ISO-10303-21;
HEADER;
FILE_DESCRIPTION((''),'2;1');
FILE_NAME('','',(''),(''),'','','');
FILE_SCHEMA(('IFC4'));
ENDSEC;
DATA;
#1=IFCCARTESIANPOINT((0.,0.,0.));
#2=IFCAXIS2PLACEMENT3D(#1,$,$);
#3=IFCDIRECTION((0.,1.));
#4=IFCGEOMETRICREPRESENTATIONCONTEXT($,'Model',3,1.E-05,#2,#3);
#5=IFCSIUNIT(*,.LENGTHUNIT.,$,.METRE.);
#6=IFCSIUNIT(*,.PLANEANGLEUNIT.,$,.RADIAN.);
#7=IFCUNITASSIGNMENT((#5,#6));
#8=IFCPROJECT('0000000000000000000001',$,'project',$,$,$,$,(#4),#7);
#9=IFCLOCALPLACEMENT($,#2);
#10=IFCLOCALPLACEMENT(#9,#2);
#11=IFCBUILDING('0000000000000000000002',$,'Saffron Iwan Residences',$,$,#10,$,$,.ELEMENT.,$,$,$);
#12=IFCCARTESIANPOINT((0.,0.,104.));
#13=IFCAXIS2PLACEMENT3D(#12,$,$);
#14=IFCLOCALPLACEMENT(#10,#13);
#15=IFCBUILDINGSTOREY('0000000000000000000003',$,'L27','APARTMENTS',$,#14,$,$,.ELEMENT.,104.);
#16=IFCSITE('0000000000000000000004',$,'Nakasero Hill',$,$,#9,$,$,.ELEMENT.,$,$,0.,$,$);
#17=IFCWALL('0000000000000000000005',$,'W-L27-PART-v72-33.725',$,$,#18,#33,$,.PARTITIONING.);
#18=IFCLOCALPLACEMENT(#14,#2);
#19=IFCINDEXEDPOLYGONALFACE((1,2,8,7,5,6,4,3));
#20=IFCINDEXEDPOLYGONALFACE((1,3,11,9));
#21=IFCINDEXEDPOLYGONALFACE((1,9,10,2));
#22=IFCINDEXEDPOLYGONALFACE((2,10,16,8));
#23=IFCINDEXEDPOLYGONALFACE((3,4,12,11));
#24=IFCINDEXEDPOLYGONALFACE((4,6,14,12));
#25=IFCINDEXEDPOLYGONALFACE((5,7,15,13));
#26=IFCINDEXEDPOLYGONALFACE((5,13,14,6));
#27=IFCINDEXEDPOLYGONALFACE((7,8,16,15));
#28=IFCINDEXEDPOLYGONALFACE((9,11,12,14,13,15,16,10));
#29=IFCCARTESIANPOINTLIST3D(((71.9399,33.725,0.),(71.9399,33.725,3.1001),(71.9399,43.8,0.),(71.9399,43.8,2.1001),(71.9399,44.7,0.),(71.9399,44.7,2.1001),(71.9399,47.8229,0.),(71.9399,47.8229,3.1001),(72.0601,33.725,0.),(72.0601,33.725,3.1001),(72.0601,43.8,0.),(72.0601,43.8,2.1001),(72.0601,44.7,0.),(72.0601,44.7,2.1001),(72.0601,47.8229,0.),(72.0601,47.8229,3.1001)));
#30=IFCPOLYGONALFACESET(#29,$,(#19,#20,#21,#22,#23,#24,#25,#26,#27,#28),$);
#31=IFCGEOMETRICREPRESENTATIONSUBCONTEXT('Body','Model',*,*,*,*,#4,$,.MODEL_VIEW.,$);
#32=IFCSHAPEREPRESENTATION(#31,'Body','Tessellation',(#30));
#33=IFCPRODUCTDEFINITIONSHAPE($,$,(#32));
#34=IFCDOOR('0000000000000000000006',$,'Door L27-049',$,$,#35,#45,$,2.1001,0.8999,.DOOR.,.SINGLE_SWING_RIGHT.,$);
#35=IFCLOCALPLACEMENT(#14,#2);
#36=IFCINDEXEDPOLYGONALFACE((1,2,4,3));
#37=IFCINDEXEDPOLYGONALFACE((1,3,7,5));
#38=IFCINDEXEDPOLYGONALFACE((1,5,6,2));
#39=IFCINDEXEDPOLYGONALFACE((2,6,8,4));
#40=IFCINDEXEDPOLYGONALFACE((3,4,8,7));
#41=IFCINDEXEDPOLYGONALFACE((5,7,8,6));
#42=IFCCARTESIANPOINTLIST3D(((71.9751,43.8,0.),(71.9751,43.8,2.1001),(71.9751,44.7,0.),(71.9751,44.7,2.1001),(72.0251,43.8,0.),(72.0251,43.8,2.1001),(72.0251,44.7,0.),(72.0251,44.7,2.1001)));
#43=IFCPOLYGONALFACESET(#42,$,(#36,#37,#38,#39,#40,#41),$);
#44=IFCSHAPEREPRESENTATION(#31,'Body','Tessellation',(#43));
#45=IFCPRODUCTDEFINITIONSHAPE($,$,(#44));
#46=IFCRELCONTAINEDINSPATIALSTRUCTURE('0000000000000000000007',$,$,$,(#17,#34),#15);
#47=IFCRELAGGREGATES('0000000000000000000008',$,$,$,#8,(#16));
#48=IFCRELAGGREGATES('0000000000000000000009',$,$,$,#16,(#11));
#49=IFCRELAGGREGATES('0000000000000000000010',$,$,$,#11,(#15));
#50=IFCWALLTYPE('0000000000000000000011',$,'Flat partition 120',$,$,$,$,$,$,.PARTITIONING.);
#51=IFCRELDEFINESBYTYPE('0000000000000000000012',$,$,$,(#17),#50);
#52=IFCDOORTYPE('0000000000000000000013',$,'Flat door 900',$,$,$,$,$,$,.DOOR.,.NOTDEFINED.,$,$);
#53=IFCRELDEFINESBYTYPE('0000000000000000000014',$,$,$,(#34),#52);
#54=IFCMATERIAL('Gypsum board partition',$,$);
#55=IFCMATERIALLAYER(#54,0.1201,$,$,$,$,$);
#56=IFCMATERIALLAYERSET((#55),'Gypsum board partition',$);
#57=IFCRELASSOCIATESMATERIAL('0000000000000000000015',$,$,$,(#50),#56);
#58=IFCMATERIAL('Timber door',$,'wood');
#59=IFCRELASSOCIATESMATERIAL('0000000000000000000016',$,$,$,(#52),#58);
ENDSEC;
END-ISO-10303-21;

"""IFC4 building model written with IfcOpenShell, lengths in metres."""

from ifc_helpers import new_model, si_unit, direction, frame, frame_2d, origin, place, context, subcontext, project, spatial, rectangle, extrude, material, layer, layer_set, type_object, element, fill, save


model = new_model("IFC4")

# Units and contexts
model_context = context("Model", 3, precision=1e-05, world=origin(), true_north=direction((0.0, 1.0)))
body_context = subcontext(model_context, "Body", "Model", "MODEL_VIEW")
ifc_project = project(units=[si_unit("LENGTHUNIT", "METRE"), si_unit("PLANEANGLEUNIT", "RADIAN")], contexts=[model_context])

# Site, building, storey
site_placement = place(None, origin())
site = spatial("IfcSite", under=ifc_project, at=site_placement, Name="Nakasero Hill", CompositionType="ELEMENT", RefElevation=0.0)
building_placement = place(site_placement, origin())
building = spatial("IfcBuilding", under=site, at=building_placement, Name="Saffron Iwan Residences", CompositionType="ELEMENT")
storey_placement = place(building_placement, frame((0.0, 0.0, 104.0)))
storey = spatial("IfcBuildingStorey", under=building, at=storey_placement, Name="L27", Description="APARTMENTS", CompositionType="ELEMENT", Elevation=104.0)

# Shared definitions
ifc_material_1 = material(Name="Gypsum board partition")
ifc_layer_1 = layer(ifc_material_1, 0.1201)
ifc_layer_set_1 = layer_set([ifc_layer_1], Name="Gypsum board partition")
wall_type_1 = type_object("IfcWallType", Name="Flat partition 120", PredefinedType="PARTITIONING", material=ifc_layer_set_1)
ifc_material_2 = material(Name="Timber door", Category="wood")
door_type_1 = type_object("IfcDoorType", Name="Flat door 900", OperationType="NOTDEFINED", PredefinedType="DOOR", material=ifc_material_2)

# Wall, opening, door
wall_1_placement = place(storey_placement, frame((72.0, 33.7251, 0.0), z_axis=(0.0, 0.0, 1.0), x_axis=(0.0, 1.0, 0.0)))
wall_1 = element("IfcWall", 1, at=wall_1_placement, inside=storey, type_object=wall_type_1, Name="W-L27-PART-v72-33.725", PredefinedType="PARTITIONING", context=body_context, shape_type="SweptSolid", body=[
    extrude(rectangle(XDim=14.0979, YDim=0.1201, at=frame_2d((7.0488, 0.0))), origin(), (0.0, 0.0, 1.0), 3.1001),
])
opening_1_placement = place(wall_1_placement, frame((10.075, 0.0, 0.0)))
opening_1 = element("IfcOpeningElement", 2, at=opening_1_placement, cuts=wall_1, PredefinedType="OPENING", context=body_context, shape_type="SweptSolid", body=[
    extrude(rectangle(XDim=0.8999, YDim=2.1001, at=frame_2d((0.45, 1.05))), frame((0.0, 0.0701, 0.0), z_axis=(0.0, -1.0, 0.0), x_axis=(1.0, 0.0, 0.0)), (0.0, 0.0, 1.0), 0.1401),
])
door_1_placement = place(opening_1_placement, origin())
door_1 = element("IfcDoor", 3, at=door_1_placement, inside=storey, type_object=door_type_1, Name="Door L27-049", OperationType="SINGLE_SWING_RIGHT", OverallHeight=2.1001, OverallWidth=0.8999, PredefinedType="DOOR", context=body_context, shape_type="SweptSolid", body=[
    extrude(rectangle(XDim=0.8999, YDim=2.1001, at=frame_2d((0.45, 1.05))), frame((0.0, 0.0249, 0.0), z_axis=(0.0, -1.0, 0.0), x_axis=(1.0, 0.0, 0.0)), (0.0, 0.0, 1.0), 0.05),
])
fill(opening_1, door_1)

save(model, "model.ifc")
